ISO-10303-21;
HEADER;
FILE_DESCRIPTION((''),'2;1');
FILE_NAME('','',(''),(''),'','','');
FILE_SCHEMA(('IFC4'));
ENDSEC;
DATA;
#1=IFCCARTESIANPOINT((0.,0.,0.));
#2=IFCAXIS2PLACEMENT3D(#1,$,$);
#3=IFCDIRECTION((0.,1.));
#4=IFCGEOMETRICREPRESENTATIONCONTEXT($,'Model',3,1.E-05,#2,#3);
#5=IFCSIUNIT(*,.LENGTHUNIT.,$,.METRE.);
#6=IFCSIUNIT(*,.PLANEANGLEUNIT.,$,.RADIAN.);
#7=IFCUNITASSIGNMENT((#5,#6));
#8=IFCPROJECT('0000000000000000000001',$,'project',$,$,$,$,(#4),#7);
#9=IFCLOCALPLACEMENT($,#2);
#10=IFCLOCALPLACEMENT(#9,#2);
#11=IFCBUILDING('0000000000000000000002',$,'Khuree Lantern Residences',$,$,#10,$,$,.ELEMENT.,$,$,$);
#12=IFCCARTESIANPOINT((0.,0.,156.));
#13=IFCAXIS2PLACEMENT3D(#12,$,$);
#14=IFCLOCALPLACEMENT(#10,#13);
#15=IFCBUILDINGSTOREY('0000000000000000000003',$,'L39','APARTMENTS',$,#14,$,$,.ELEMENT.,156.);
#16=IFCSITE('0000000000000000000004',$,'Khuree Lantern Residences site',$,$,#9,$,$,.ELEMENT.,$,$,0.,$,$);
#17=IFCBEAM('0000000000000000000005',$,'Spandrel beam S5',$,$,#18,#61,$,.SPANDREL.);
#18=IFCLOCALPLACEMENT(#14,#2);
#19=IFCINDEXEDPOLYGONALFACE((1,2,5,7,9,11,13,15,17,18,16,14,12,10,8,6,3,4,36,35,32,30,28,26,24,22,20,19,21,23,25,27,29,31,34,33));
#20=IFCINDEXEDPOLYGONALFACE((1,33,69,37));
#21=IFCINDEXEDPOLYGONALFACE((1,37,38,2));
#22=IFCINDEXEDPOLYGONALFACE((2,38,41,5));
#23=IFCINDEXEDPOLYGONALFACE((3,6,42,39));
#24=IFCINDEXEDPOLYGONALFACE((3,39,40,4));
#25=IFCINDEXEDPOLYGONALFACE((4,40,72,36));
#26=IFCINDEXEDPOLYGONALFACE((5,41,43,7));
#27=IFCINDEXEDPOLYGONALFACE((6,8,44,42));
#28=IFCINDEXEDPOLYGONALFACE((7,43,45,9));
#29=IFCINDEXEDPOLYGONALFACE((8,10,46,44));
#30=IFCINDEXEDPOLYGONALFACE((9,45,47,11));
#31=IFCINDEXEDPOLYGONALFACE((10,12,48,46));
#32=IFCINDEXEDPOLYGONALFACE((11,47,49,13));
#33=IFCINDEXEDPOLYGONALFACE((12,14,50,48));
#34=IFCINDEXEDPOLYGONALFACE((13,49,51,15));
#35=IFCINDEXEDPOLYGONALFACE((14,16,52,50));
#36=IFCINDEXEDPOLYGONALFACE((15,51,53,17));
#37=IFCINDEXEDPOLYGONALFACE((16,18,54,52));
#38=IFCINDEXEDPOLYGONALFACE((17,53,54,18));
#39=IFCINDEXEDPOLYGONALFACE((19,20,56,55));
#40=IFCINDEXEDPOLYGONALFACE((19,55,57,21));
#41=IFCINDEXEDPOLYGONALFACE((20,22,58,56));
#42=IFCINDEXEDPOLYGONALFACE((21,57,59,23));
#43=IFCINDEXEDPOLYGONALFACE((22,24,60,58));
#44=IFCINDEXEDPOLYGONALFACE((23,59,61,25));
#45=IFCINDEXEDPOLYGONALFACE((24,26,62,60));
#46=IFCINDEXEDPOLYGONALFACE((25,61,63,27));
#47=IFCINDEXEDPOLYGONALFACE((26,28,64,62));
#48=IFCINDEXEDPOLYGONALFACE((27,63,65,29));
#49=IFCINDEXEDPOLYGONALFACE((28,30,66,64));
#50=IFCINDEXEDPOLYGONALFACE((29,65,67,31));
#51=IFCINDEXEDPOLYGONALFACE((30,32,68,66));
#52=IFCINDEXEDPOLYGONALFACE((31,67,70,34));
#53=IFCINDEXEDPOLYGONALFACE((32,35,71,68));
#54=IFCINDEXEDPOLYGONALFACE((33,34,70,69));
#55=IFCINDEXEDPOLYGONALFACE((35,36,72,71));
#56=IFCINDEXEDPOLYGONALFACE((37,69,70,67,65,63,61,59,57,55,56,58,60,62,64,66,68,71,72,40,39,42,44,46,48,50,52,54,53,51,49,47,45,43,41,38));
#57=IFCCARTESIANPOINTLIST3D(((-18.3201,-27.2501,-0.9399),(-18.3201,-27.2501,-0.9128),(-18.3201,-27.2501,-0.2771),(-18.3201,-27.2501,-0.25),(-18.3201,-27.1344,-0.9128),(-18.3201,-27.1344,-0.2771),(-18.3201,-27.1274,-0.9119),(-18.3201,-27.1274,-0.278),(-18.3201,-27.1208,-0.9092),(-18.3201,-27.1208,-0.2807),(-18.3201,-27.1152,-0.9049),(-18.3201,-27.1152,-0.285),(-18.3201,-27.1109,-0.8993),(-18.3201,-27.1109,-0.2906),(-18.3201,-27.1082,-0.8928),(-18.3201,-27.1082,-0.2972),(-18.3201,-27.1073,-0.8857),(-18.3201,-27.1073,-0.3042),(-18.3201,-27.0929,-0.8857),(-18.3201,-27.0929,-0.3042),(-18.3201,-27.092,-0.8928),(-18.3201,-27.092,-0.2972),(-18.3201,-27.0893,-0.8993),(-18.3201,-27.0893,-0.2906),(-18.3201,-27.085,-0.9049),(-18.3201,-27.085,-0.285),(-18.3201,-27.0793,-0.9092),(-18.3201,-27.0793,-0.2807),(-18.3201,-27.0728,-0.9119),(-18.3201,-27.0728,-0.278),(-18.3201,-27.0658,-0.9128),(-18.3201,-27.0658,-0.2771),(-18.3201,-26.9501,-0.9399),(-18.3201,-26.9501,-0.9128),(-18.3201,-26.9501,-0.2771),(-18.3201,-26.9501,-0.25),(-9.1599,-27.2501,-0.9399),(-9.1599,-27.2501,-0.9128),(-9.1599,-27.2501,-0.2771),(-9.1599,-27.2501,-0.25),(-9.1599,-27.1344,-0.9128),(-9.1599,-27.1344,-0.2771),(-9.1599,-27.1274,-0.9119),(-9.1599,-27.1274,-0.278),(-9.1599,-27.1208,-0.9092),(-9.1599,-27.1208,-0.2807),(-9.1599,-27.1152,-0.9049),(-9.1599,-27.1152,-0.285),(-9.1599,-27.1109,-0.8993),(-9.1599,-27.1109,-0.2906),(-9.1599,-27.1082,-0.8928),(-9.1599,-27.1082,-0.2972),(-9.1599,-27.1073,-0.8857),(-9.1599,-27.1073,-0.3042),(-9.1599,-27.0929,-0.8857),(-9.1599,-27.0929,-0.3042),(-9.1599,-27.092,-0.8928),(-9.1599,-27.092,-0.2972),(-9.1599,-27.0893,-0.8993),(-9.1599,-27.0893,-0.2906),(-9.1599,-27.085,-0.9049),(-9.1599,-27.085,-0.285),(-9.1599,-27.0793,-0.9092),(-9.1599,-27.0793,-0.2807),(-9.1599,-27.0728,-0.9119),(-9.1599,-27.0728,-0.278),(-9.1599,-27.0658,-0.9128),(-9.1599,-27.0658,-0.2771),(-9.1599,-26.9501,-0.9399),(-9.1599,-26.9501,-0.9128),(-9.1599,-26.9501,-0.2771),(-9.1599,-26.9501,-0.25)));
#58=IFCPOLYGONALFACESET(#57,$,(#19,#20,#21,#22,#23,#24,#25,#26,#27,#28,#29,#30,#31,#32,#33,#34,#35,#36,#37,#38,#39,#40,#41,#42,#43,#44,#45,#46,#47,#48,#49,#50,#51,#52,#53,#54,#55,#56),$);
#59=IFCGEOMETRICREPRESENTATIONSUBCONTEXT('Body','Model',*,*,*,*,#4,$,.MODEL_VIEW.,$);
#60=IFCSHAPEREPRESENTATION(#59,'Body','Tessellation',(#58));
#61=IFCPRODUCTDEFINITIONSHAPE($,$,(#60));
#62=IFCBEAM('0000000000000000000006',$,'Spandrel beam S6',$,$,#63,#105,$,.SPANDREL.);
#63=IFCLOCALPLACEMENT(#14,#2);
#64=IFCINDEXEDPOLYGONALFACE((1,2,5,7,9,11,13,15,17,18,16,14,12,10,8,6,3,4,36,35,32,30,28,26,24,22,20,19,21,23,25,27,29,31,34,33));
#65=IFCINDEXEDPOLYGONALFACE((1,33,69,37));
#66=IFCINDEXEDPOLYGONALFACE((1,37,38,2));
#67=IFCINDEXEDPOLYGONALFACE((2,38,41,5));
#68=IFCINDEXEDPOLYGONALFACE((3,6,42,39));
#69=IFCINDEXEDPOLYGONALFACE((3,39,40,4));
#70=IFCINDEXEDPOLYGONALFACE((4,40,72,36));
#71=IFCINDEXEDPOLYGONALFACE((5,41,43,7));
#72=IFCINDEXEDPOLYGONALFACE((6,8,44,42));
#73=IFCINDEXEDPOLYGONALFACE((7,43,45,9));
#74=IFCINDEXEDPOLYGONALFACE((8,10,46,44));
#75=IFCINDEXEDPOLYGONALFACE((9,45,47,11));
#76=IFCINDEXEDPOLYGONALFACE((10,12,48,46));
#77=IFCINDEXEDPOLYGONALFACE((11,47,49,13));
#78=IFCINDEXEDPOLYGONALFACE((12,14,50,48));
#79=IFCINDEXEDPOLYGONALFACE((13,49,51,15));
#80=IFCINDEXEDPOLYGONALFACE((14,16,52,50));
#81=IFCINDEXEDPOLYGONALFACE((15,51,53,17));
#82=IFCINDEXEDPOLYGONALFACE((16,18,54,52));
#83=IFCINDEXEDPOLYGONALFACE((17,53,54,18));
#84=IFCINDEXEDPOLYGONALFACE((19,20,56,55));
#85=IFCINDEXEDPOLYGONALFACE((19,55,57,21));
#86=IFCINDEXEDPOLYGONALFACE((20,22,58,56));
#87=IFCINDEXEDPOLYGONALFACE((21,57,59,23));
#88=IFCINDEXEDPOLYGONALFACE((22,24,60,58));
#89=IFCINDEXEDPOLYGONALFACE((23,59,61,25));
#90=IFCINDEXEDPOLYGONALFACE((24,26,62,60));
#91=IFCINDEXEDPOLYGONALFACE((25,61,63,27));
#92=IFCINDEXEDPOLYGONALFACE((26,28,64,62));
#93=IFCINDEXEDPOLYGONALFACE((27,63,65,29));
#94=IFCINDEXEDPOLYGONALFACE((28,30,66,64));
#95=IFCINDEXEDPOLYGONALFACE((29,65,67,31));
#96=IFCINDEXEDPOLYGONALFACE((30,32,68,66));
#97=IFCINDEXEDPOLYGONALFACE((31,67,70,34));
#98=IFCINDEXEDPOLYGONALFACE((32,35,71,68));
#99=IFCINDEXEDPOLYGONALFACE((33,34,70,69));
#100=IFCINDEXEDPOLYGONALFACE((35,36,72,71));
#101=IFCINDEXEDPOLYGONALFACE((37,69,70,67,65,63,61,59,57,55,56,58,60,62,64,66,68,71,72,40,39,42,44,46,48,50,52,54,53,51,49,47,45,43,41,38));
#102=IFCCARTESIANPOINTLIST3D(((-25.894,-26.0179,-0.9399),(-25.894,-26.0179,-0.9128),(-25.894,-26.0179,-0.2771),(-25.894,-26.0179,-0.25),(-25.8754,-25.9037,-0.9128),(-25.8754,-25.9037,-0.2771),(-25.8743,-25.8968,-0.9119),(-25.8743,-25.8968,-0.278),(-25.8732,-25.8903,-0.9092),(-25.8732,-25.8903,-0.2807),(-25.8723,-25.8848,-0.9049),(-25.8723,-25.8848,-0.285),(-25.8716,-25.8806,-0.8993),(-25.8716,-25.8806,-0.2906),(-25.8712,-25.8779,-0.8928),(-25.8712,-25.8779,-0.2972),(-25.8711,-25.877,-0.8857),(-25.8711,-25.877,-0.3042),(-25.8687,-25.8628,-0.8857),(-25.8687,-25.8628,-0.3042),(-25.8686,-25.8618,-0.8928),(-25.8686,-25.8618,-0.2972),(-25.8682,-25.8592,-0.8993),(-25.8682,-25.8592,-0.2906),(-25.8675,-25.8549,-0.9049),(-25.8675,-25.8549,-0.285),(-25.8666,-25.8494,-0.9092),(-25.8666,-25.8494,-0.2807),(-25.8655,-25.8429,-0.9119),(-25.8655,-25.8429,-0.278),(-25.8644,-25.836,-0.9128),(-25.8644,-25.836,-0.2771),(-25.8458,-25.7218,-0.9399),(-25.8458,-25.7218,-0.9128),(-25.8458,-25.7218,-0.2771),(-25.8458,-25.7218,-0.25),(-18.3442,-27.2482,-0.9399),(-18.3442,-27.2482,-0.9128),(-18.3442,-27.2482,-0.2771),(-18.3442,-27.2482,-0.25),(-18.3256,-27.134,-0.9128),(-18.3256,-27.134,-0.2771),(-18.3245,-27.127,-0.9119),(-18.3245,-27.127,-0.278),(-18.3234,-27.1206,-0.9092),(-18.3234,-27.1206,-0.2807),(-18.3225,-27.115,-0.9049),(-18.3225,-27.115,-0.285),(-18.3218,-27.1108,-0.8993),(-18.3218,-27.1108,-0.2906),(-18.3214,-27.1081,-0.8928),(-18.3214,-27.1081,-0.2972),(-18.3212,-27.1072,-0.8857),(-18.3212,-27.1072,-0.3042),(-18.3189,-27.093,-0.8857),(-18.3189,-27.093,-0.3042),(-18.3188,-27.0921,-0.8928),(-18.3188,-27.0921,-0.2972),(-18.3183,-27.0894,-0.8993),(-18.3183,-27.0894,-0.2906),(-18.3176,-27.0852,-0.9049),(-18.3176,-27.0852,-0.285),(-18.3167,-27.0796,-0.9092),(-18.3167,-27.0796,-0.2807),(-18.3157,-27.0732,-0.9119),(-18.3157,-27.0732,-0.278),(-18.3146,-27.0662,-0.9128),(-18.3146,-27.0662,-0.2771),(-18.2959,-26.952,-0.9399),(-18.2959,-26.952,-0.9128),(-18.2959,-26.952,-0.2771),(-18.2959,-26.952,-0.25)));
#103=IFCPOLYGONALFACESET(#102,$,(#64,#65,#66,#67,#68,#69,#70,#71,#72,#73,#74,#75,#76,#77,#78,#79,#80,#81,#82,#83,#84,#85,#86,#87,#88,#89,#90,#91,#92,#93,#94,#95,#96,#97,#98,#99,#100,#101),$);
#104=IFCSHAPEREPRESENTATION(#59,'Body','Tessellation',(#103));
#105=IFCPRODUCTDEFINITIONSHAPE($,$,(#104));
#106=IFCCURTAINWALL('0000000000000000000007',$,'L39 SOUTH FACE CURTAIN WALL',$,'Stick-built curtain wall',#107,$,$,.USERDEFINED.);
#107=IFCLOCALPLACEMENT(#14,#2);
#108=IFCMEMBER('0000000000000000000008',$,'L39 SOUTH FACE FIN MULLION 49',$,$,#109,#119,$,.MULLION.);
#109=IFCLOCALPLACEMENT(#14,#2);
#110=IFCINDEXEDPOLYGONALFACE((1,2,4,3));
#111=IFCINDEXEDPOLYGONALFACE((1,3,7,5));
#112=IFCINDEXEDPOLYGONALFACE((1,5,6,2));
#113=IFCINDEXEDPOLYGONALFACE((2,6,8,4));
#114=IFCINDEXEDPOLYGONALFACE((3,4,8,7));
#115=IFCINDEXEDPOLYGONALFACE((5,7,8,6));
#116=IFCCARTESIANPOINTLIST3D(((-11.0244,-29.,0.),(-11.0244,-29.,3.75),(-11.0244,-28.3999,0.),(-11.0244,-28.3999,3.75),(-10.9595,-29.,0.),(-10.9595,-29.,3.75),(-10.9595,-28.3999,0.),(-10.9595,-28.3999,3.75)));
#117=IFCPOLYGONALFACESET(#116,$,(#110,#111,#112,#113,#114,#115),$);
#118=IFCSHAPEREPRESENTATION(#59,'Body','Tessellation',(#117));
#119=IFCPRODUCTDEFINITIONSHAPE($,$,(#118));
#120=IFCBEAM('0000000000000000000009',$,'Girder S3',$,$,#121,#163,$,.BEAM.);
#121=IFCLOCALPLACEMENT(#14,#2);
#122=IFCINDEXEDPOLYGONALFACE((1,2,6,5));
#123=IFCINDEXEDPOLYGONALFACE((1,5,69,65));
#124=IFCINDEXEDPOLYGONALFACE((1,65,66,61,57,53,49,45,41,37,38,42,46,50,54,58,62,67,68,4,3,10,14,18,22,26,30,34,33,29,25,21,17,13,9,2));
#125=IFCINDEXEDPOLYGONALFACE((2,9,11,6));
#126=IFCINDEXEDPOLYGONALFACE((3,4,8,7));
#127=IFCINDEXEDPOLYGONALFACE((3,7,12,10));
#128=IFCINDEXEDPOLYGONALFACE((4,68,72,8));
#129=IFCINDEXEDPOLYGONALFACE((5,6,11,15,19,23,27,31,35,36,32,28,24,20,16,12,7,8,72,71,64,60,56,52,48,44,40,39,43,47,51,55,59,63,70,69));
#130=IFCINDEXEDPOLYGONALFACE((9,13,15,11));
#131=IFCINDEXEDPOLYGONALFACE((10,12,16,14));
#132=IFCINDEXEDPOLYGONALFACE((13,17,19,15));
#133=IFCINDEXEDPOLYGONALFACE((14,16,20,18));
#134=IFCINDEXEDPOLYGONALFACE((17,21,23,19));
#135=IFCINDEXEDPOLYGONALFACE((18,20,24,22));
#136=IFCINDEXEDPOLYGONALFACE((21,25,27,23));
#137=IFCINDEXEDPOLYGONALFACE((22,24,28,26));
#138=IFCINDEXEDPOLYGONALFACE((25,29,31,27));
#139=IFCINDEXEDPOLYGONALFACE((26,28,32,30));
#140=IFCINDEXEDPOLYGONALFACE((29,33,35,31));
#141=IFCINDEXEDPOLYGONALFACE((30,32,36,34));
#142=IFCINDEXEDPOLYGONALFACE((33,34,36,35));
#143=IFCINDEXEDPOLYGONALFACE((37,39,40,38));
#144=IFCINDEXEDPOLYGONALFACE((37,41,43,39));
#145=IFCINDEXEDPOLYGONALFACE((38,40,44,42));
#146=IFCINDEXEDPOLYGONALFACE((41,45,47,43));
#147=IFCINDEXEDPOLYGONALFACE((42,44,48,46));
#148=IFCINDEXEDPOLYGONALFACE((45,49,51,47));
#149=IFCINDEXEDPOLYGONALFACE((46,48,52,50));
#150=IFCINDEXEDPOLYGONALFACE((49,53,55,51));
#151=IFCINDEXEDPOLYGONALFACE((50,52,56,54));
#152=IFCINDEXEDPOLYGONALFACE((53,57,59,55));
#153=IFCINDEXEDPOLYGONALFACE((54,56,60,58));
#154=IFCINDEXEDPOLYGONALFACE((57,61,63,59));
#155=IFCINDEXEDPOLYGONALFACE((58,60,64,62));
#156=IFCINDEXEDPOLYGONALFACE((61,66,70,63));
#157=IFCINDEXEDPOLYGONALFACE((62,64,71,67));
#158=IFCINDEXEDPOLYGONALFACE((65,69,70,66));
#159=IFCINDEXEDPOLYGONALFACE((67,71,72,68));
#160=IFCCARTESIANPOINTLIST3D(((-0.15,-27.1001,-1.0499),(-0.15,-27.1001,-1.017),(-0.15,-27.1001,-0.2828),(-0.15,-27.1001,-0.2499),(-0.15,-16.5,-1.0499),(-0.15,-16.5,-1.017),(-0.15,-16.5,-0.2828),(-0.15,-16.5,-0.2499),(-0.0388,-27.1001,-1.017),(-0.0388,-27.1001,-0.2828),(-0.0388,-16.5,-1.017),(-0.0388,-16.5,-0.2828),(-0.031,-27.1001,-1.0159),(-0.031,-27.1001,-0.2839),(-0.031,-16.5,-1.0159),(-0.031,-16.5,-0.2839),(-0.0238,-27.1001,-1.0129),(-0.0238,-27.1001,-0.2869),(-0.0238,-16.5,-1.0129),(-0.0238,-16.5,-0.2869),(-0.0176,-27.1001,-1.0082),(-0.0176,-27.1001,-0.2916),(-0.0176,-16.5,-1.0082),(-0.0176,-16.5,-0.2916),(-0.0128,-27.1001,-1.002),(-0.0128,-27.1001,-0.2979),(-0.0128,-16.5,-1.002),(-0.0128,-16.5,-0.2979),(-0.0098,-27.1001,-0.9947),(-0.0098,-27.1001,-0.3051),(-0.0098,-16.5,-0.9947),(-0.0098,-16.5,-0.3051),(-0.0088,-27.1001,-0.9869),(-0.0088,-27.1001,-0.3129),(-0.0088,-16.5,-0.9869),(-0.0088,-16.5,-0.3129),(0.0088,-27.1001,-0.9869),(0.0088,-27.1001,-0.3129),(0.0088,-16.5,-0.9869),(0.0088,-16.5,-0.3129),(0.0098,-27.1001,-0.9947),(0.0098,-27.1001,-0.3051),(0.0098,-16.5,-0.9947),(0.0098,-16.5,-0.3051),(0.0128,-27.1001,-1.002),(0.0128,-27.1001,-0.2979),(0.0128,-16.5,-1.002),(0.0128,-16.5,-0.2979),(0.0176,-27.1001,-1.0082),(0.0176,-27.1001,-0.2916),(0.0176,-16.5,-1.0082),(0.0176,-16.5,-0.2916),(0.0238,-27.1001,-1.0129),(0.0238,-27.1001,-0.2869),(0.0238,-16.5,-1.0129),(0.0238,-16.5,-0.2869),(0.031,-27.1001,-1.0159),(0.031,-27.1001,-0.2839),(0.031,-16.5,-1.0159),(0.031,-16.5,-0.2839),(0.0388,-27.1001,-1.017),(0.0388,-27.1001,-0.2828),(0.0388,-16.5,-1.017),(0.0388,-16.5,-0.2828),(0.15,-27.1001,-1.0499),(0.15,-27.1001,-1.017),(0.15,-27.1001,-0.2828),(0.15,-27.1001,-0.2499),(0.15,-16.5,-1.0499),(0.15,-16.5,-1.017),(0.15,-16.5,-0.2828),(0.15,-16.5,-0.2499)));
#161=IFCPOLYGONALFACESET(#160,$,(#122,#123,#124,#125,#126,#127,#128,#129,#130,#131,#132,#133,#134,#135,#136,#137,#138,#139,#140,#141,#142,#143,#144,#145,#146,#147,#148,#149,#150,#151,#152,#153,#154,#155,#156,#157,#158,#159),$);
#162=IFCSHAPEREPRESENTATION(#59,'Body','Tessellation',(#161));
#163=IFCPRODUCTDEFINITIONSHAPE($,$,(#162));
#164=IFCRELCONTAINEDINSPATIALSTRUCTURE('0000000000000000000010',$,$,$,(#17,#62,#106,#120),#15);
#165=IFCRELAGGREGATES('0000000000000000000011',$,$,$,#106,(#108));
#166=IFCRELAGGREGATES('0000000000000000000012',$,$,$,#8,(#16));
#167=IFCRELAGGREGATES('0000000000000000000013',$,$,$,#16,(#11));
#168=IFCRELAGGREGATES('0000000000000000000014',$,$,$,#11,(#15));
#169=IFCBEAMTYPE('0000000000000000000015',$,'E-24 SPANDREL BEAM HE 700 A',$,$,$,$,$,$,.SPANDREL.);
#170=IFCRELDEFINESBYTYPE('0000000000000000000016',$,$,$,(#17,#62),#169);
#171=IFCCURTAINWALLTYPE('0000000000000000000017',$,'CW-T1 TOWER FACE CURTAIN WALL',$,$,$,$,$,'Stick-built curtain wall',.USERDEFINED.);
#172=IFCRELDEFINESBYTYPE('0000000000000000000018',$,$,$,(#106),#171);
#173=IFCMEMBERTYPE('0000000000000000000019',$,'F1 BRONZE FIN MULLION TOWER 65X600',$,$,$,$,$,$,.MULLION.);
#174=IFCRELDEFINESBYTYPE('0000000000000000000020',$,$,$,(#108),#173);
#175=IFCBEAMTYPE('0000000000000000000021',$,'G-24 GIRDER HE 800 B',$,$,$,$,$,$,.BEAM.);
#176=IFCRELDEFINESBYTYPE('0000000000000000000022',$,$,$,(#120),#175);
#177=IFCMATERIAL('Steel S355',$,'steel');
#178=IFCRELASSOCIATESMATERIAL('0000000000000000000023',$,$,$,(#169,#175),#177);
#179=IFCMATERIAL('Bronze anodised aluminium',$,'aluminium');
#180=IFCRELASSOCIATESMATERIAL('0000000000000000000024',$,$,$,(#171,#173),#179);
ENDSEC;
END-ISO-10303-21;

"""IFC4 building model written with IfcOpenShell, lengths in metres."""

from ifc_helpers import new_model, si_unit, direction, frame, origin, origin_2d, place, context, subcontext, project, spatial, rectangle, i_section, extrude, material, material_profile, profile_set, type_object, element, aggregate, save


model = new_model("IFC4")

# Units and contexts
model_context = context("Model", 3, precision=1e-05, world=origin(), true_north=direction((0.0, 1.0)))
body_context = subcontext(model_context, "Body", "Model", "MODEL_VIEW")
ifc_project = project(units=[si_unit("LENGTHUNIT", "METRE"), si_unit("PLANEANGLEUNIT", "RADIAN")], contexts=[model_context])

# Site, building, storey
site_placement = place(None, origin())
site = spatial("IfcSite", under=ifc_project, at=site_placement, Name="Khuree Lantern Residences site", CompositionType="ELEMENT", RefElevation=0.0)
building_placement = place(site_placement, origin())
building = spatial("IfcBuilding", under=site, at=building_placement, Name="Khuree Lantern Residences", CompositionType="ELEMENT")
storey_placement = place(building_placement, frame((0.0, 0.0, 156.0)))
storey = spatial("IfcBuildingStorey", under=building, at=storey_placement, Name="L39", Description="APARTMENTS", CompositionType="ELEMENT", Elevation=156.0)

# Beams
ifc_material_1 = material(Name="Steel S355", Category="steel")
ifc_material_profile_1 = material_profile(ifc_material_1, i_section(OverallWidth=0.3, OverallDepth=0.6899, WebThickness=0.0144, FlangeThickness=0.0271, FilletRadius=0.0271, at=origin_2d()), Name="HE 700 A")
ifc_profile_set_1 = profile_set([ifc_material_profile_1], Name="Steel S355")
beam_type_1 = type_object("IfcBeamType", Name="E-24 SPANDREL BEAM HE 700 A", PredefinedType="SPANDREL", material=ifc_profile_set_1)
beam_1_placement = place(storey_placement, frame((-9.1599, -27.1001, -0.595), z_axis=(-1.0, 0.0, 0.0), x_axis=(0.0, -1.0, 0.0)))
element("IfcBeam", 1, at=beam_1_placement, inside=storey, type_object=beam_type_1, Name="Spandrel beam S5", PredefinedType="SPANDREL", context=body_context, shape_type="SweptSolid", body=[
    extrude(i_section(OverallWidth=0.3, OverallDepth=0.6899, WebThickness=0.0144, FlangeThickness=0.0271, FilletRadius=0.0271, at=origin_2d()), origin(), (0.0, 0.0, 1.0), 9.1602),
])
beam_2_placement = place(storey_placement, frame((-18.3201, -27.1001, -0.595), z_axis=(-0.986983, 0.160827, 0.0), x_axis=(-0.160827, -0.986983, 0.0)))
element("IfcBeam", 2, at=beam_2_placement, inside=storey, type_object=beam_type_1, Name="Spandrel beam S6", PredefinedType="SPANDREL", context=body_context, shape_type="SweptSolid", body=[
    extrude(i_section(OverallWidth=0.3, OverallDepth=0.6899, WebThickness=0.0144, FlangeThickness=0.0271, FilletRadius=0.0271, at=origin_2d()), origin(), (0.0, 0.0, 1.0), 7.6494),
])

# Curtain wall, member
ifc_material_2 = material(Name="Bronze anodised aluminium", Category="aluminium")
curtain_wall_type = type_object("IfcCurtainWallType", Name="CW-T1 TOWER FACE CURTAIN WALL", ElementType="Stick-built curtain wall", PredefinedType="USERDEFINED", material=ifc_material_2)
curtain_wall_placement = place(storey_placement, origin())
curtain_wall = element("IfcCurtainWall", 3, at=curtain_wall_placement, inside=storey, type_object=curtain_wall_type, Name="L39 SOUTH FACE CURTAIN WALL", ObjectType="Stick-built curtain wall", PredefinedType="USERDEFINED")
ifc_material_profile_2 = material_profile(ifc_material_2, rectangle(XDim=0.0649, YDim=0.6001, at=origin_2d()), Name="F1 65X600")
ifc_profile_set_2 = profile_set([ifc_material_profile_2], Name="Bronze anodised aluminium")
member_type_1 = type_object("IfcMemberType", Name="F1 BRONZE FIN MULLION TOWER 65X600", PredefinedType="MULLION", material=ifc_profile_set_2)
member_1_placement = place(storey_placement, frame((-10.9919, -28.7, 0.0), z_axis=(0.0, 0.0, 1.0), x_axis=(1.0, 0.0, 0.0)))
member_1 = element("IfcMember", 4, at=member_1_placement, type_object=member_type_1, Name="L39 SOUTH FACE FIN MULLION 49", PredefinedType="MULLION", context=body_context, shape_type="SweptSolid", body=[
    extrude(rectangle(XDim=0.0649, YDim=0.6001, at=origin_2d()), origin(), (0.0, 0.0, 1.0), 3.75),
])

# Beam
ifc_material_profile_3 = material_profile(ifc_material_1, i_section(OverallWidth=0.3, OverallDepth=0.8, WebThickness=0.0176, FlangeThickness=0.033, FilletRadius=0.03, at=origin_2d()), Name="HE 800 B")
ifc_profile_set_3 = profile_set([ifc_material_profile_3], Name="Steel S355")
beam_type_2 = type_object("IfcBeamType", Name="G-24 GIRDER HE 800 B", PredefinedType="BEAM", material=ifc_profile_set_3)
for number, where, z_axis, x_axis, name in (
    (5, (0.0, -27.1001, -0.6499), (0.0, 1.0, 0.0), (-1.0, 0.0, 0.0), "Girder S3"),
):
    element("IfcBeam", number, at=place(storey_placement, frame(where, z_axis=z_axis, x_axis=x_axis)), inside=storey, type_object=beam_type_2, Name=name, PredefinedType="BEAM", context=body_context, shape_type="SweptSolid", body=[
        extrude(i_section(OverallWidth=0.3, OverallDepth=0.8, WebThickness=0.0176, FlangeThickness=0.033, FilletRadius=0.03, at=origin_2d()), origin(), (0.0, 0.0, 1.0), 10.6001),
    ])

aggregate(curtain_wall, [member_1])

save(model, "model.ifc")
